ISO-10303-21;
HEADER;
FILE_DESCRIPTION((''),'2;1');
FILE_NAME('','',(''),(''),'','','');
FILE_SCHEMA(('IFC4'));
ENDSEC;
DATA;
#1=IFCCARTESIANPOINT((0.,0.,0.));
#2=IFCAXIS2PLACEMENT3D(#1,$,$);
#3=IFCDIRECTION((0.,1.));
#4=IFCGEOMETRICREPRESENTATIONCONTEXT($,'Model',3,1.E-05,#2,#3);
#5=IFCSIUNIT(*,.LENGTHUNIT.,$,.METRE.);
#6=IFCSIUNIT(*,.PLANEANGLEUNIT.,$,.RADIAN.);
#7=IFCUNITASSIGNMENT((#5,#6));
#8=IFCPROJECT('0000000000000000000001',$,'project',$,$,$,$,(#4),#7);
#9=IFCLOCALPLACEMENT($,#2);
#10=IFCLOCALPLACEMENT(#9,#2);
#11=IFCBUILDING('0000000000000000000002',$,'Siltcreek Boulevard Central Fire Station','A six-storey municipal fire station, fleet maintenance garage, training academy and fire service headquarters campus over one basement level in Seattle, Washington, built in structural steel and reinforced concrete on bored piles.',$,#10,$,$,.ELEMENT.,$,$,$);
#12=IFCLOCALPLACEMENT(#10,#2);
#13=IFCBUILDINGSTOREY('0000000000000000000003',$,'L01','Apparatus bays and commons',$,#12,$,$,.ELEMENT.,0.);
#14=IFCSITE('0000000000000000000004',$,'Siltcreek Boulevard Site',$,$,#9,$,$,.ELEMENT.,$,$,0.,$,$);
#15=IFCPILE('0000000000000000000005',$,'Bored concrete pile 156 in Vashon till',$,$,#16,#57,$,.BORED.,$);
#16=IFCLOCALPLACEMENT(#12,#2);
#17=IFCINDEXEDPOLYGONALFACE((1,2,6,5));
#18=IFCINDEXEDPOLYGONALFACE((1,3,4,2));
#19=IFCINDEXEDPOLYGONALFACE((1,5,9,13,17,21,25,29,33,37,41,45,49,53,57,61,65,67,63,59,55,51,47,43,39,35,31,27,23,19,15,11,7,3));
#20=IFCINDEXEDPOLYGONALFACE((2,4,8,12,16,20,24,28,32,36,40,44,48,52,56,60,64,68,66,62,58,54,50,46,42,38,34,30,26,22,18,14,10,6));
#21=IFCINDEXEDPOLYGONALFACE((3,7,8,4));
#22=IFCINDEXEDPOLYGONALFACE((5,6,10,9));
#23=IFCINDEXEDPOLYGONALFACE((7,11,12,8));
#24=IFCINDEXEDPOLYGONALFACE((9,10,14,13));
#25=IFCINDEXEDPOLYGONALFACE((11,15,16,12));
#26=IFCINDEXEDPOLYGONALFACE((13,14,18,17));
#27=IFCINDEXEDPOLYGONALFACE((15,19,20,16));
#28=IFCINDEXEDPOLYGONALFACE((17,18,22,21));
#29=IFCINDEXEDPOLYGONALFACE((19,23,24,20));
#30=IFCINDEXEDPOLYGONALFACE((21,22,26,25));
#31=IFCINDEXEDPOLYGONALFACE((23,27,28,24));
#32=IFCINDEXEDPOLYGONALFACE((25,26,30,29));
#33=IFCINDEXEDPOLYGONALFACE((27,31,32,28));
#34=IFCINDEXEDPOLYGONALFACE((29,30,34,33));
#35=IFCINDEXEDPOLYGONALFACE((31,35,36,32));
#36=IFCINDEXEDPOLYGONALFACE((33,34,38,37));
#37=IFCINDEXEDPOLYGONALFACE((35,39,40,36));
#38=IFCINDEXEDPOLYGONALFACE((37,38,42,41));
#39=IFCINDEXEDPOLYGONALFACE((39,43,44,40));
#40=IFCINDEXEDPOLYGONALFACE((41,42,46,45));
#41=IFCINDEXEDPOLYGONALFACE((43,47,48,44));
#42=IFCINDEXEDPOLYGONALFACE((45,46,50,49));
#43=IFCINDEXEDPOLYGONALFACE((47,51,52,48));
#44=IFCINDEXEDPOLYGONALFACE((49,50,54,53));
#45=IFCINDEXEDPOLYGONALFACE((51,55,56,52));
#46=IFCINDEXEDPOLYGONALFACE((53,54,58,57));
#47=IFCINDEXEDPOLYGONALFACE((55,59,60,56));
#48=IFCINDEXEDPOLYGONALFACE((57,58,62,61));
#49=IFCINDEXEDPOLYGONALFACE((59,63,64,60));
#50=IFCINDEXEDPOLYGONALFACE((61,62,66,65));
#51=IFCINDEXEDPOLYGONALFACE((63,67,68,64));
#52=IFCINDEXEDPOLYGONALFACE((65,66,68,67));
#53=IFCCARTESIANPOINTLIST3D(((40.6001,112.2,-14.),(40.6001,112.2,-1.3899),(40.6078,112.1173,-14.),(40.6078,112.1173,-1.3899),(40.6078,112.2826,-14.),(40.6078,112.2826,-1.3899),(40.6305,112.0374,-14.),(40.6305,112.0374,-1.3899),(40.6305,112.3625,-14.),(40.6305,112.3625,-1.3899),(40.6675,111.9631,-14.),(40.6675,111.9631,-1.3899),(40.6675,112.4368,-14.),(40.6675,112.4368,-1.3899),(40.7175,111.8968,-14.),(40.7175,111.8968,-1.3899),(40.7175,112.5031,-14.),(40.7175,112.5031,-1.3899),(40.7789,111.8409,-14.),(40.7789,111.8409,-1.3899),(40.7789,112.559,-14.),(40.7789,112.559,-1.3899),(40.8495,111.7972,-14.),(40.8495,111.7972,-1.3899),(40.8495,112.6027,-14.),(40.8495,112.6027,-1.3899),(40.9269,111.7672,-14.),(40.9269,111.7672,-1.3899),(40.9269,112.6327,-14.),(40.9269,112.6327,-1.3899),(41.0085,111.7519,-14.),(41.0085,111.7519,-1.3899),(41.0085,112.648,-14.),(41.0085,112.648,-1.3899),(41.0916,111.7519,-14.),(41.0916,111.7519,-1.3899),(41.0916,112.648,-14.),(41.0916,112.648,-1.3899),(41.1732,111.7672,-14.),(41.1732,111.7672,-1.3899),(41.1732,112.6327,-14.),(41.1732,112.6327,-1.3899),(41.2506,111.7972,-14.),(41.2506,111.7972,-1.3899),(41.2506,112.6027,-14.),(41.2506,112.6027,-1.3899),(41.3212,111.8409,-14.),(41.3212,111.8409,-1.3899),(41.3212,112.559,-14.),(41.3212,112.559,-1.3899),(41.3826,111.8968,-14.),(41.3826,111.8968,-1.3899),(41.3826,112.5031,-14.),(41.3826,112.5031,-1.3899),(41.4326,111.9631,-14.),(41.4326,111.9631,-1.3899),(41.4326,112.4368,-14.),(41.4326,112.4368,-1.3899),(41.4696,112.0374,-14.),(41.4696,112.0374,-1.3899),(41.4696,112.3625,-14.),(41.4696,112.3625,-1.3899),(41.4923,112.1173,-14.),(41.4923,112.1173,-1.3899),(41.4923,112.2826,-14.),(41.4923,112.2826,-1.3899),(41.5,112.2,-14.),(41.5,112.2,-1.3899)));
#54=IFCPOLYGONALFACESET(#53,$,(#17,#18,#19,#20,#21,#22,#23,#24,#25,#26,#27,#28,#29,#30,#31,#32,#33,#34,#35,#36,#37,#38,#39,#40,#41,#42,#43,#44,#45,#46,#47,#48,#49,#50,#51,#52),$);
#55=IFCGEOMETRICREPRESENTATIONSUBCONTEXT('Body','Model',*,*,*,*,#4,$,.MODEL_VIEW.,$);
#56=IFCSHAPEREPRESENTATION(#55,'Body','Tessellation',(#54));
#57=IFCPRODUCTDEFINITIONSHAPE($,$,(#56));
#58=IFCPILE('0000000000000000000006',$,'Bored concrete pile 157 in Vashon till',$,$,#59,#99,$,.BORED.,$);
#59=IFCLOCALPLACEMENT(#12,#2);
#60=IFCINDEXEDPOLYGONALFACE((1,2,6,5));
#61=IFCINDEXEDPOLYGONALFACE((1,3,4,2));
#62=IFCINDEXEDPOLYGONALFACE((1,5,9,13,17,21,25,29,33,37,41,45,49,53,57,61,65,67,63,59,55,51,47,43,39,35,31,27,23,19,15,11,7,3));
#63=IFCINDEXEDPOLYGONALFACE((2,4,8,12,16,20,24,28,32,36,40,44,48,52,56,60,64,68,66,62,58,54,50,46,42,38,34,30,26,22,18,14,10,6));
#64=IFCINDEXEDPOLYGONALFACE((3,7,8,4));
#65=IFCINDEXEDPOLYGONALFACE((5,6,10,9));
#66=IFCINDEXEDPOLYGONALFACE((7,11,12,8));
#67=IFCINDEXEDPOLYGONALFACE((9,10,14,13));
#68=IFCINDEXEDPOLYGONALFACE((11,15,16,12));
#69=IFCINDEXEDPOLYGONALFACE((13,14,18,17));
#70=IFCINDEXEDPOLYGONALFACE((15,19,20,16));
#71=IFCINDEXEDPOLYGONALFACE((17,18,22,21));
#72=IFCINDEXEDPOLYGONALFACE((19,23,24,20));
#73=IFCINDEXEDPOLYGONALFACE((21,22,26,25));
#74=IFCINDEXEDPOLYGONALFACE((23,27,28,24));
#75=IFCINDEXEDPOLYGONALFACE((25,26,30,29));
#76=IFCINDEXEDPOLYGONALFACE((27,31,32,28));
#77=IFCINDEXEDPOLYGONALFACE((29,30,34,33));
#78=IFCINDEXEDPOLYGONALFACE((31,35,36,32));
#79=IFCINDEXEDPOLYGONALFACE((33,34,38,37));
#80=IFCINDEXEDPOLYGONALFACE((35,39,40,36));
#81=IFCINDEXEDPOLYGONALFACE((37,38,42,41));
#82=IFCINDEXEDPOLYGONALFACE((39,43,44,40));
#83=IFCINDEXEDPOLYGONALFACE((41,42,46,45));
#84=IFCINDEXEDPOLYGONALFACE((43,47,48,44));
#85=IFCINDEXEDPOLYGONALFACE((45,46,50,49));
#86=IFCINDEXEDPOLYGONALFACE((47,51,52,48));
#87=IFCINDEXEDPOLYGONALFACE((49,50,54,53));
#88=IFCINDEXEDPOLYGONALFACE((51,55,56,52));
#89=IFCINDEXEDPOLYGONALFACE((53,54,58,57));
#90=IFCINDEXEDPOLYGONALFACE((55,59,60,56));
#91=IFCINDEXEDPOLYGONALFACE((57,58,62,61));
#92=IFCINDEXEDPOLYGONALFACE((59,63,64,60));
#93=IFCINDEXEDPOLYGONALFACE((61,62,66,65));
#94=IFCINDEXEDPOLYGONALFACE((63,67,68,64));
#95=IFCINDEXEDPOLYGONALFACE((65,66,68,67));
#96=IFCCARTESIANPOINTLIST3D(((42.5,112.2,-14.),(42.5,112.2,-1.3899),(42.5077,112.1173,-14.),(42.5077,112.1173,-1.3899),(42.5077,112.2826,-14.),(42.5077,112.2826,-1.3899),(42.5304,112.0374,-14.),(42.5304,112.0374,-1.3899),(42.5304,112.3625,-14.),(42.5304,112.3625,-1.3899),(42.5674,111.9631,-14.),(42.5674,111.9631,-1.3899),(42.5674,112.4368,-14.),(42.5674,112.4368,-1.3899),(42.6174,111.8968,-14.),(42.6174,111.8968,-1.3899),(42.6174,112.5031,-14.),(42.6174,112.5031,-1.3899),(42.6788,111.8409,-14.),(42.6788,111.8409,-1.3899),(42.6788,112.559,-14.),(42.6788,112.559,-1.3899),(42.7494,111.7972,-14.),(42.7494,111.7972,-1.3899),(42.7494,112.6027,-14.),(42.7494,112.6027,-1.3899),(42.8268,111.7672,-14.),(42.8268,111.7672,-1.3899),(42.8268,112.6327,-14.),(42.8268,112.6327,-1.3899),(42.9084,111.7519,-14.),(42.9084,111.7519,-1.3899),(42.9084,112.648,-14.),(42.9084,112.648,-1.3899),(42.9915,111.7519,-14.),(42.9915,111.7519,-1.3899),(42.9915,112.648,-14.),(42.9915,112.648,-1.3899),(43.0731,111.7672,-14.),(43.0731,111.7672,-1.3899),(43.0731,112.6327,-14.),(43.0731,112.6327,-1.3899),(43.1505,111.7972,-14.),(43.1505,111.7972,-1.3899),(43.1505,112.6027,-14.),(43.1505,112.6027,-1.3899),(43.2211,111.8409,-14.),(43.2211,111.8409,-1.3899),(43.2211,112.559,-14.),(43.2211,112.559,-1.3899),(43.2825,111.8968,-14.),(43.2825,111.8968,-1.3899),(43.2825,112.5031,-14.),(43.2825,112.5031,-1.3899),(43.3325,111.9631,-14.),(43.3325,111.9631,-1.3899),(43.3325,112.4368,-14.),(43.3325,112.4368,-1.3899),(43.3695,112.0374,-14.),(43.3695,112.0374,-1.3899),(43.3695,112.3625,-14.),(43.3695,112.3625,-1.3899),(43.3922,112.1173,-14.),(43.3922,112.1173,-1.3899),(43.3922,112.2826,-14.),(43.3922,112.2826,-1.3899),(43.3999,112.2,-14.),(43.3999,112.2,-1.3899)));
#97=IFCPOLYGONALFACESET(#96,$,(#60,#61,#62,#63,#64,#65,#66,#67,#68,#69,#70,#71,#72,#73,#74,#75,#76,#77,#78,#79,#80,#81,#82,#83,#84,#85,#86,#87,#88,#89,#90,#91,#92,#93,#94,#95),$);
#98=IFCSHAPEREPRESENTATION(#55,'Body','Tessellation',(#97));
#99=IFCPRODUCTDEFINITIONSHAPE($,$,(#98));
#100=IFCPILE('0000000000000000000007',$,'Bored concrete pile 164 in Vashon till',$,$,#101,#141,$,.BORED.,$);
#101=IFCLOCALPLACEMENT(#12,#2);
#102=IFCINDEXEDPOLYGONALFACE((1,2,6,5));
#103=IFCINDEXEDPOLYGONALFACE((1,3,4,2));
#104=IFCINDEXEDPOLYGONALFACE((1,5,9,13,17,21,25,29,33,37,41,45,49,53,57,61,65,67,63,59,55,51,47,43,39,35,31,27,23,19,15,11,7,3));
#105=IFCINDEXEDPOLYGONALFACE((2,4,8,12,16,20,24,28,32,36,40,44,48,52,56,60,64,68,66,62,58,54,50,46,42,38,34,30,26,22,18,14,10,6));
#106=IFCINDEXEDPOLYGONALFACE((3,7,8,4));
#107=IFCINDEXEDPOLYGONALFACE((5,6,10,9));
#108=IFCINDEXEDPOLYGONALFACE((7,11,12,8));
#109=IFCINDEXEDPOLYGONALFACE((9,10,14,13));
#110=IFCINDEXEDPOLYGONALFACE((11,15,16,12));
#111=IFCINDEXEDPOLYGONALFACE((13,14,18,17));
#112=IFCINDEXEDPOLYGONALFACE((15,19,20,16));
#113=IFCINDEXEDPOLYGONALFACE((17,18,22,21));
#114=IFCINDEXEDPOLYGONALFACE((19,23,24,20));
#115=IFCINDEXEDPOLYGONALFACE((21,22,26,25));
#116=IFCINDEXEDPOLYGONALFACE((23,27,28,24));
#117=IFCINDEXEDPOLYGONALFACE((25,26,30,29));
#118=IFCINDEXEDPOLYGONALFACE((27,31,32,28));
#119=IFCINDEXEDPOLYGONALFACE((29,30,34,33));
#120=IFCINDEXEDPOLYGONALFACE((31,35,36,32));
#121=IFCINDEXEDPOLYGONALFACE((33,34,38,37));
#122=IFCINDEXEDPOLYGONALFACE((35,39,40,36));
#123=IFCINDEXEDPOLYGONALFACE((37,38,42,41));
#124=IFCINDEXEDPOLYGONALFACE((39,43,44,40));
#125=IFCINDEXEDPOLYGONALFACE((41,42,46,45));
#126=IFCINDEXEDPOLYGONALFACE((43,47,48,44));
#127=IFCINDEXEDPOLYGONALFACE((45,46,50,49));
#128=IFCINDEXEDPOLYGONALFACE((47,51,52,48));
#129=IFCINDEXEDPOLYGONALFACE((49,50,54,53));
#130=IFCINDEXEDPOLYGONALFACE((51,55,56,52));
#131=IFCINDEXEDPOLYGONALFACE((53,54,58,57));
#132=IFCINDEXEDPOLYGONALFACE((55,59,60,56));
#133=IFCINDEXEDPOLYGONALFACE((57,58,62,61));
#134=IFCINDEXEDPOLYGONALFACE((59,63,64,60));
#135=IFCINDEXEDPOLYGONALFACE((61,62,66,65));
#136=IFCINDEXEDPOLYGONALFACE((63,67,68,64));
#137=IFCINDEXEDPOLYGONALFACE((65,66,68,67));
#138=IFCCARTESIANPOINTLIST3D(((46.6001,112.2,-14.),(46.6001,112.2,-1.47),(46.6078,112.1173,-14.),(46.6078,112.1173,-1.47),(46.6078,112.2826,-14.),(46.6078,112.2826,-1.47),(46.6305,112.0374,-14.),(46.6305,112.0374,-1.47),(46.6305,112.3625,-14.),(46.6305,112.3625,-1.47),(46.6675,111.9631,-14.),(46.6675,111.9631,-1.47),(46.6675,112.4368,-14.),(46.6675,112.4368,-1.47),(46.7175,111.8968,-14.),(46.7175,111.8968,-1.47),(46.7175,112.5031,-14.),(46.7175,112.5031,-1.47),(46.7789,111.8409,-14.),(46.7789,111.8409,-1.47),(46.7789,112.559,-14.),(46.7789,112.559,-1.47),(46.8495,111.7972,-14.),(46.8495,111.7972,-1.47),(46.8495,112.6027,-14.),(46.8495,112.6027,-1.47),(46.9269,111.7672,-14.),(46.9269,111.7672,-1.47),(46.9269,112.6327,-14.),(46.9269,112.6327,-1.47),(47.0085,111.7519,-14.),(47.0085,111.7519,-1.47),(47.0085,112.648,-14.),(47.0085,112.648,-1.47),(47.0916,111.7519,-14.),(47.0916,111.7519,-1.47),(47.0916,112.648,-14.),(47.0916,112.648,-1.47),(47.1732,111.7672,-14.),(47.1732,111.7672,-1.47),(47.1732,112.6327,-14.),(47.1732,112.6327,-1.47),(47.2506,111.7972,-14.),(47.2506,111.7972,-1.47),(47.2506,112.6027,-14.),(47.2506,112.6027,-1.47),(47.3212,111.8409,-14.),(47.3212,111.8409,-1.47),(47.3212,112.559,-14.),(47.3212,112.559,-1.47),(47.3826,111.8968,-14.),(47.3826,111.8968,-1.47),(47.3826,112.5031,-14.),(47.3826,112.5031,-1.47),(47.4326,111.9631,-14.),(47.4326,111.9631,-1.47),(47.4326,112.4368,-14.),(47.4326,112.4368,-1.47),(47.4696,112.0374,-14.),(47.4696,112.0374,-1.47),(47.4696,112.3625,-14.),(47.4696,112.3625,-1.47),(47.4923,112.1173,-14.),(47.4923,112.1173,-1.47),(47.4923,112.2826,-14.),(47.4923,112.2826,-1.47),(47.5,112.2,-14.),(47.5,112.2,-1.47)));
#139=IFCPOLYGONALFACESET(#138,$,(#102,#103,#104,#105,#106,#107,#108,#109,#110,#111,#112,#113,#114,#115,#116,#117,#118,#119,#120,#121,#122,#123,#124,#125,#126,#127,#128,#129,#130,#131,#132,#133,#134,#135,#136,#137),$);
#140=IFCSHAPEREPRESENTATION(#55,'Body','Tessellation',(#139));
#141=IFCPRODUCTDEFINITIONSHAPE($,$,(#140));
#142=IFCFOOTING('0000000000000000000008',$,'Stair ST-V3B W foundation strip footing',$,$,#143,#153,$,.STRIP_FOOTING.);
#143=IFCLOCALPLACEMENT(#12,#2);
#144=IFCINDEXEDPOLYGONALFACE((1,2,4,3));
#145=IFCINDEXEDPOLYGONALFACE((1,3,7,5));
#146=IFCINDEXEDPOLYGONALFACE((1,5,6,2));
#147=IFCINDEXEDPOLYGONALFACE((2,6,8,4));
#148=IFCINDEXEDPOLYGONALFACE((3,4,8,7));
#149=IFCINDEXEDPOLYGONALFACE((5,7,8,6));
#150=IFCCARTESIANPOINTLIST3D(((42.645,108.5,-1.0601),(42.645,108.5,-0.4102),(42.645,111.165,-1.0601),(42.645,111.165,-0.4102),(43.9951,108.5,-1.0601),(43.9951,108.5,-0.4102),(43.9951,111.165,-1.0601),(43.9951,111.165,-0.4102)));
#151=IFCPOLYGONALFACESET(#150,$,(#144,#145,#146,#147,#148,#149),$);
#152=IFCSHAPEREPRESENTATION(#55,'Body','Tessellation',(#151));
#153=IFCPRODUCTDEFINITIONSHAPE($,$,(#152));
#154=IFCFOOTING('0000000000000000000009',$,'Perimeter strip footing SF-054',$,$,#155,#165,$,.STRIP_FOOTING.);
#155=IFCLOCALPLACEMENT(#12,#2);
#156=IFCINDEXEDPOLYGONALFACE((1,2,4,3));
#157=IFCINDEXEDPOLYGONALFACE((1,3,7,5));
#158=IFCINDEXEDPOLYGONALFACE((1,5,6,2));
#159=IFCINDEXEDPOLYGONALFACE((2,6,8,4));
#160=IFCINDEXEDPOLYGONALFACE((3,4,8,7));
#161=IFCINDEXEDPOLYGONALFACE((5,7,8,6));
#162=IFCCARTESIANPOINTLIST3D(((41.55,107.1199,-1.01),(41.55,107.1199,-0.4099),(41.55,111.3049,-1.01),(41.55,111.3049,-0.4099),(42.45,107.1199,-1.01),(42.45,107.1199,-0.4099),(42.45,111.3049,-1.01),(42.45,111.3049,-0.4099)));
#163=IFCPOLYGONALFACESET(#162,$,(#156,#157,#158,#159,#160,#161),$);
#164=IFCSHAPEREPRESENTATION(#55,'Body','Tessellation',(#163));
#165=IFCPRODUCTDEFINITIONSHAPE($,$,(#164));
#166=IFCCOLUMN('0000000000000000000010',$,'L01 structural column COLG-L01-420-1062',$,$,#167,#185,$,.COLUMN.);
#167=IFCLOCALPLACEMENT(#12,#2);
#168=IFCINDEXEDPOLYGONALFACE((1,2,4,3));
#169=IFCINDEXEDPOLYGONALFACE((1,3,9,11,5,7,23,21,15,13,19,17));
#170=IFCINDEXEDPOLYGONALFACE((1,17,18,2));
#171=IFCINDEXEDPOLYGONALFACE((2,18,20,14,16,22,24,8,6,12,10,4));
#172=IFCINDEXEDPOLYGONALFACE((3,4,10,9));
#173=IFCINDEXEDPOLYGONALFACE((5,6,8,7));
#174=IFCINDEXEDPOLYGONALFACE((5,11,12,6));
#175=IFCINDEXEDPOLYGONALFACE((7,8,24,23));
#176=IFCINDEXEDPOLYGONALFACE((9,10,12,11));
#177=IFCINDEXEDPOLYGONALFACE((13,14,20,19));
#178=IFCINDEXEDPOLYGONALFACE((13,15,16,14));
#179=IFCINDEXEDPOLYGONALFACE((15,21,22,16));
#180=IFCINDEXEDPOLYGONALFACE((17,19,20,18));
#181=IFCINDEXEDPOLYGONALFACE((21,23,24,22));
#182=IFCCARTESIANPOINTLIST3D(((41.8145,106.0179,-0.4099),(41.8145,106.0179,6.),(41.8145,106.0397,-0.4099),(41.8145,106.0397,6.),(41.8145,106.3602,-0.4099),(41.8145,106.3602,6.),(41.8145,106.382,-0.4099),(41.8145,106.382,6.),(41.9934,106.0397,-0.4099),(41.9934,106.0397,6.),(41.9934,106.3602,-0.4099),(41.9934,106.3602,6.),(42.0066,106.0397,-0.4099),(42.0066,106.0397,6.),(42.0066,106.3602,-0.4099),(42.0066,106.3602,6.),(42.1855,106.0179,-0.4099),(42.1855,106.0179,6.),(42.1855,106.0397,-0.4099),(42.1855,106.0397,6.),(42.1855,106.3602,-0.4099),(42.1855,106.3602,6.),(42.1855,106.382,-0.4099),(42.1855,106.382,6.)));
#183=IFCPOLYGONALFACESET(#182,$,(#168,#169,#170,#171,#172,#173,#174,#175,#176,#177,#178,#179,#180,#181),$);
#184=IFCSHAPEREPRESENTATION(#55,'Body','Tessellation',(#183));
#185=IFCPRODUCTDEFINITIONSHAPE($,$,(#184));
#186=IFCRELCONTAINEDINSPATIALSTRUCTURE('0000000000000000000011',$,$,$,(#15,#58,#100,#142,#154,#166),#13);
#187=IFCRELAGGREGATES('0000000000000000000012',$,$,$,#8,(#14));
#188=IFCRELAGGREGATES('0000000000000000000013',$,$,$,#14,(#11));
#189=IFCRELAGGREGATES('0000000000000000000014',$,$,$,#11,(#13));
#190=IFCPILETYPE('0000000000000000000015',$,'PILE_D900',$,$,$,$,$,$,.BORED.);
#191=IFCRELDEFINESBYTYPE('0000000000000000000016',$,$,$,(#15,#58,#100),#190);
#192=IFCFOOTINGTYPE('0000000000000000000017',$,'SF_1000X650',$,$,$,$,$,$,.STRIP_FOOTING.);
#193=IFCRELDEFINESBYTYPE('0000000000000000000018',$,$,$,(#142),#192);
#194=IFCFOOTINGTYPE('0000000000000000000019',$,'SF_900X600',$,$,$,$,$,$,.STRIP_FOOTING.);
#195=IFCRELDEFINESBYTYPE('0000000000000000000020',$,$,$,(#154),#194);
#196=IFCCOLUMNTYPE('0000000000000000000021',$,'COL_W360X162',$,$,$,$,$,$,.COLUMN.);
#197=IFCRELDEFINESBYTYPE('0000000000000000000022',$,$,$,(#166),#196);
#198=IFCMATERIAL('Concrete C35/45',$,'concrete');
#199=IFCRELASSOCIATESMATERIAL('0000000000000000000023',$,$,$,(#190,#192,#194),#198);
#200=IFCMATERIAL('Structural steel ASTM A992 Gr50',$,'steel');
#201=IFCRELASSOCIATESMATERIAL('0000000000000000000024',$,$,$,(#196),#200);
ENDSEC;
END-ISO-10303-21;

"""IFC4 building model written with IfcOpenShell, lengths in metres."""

from ifc_helpers import new_model, si_unit, direction, frame, origin, origin_2d, place, context, subcontext, project, spatial, rectangle, circle, i_section, extrude, material, material_profile, profile_set, type_object, element, save


model = new_model("IFC4")

# Units and contexts
model_context = context("Model", 3, precision=1e-05, world=origin(), true_north=direction((0.0, 1.0)))
body_context = subcontext(model_context, "Body", "Model", "MODEL_VIEW")
ifc_project = project(units=[si_unit("LENGTHUNIT", "METRE"), si_unit("PLANEANGLEUNIT", "RADIAN")], contexts=[model_context])

# Site, building, storey
site_placement = place(None, origin())
site = spatial("IfcSite", under=ifc_project, at=site_placement, Name="Siltcreek Boulevard Site", CompositionType="ELEMENT", RefElevation=0.0)
building_placement = place(site_placement, origin())
building = spatial("IfcBuilding", under=site, at=building_placement, Name="Siltcreek Boulevard Central Fire Station", Description="A six-storey municipal fire station, fleet maintenance garage, training academy and fire service headquarters campus over one basement level in Seattle, Washington, built in structural steel and reinforced concrete on bored piles.", CompositionType="ELEMENT")
storey_placement = place(building_placement, origin())
storey = spatial("IfcBuildingStorey", under=building, at=storey_placement, Name="L01", Description="Apparatus bays and commons", CompositionType="ELEMENT", Elevation=0.0)

# Shared definitions
ifc_material_1 = material(Name="Concrete C35/45", Category="concrete")

# Piles
ifc_material_profile_1 = material_profile(ifc_material_1, circle(Radius=0.45, at=origin_2d()), Name="SHAFT900")
ifc_profile_set_1 = profile_set([ifc_material_profile_1], Name="Concrete C35/45")
pile_type_1 = type_object("IfcPileType", Name="PILE_D900", PredefinedType="BORED", material=ifc_profile_set_1)
for number, where, z_axis, x_axis, name in (
    (1, (41.05, 112.2, -1.3899), (0.0, 0.0, -1.0), (1.0, 0.0, 0.0), "Bored concrete pile 156 in Vashon till"),
    (2, (42.95, 112.2, -1.3899), (0.0, 0.0, -1.0), (1.0, 0.0, 0.0), "Bored concrete pile 157 in Vashon till"),
):
    element("IfcPile", number, at=place(storey_placement, frame(where, z_axis=z_axis, x_axis=x_axis)), inside=storey, type_object=pile_type_1, Name=name, PredefinedType="BORED", context=body_context, shape_type="SweptSolid", body=[
        extrude(circle(Radius=0.45, at=origin_2d()), origin(), (0.0, 0.0, 1.0), 12.6101),
    ])
pile_1_placement = place(storey_placement, frame((47.05, 112.2, -1.47), z_axis=(0.0, 0.0, -1.0), x_axis=(1.0, 0.0, 0.0)))
element("IfcPile", 3, at=pile_1_placement, inside=storey, type_object=pile_type_1, Name="Bored concrete pile 164 in Vashon till", PredefinedType="BORED", context=body_context, shape_type="SweptSolid", body=[
    extrude(circle(Radius=0.45, at=origin_2d()), origin(), (0.0, 0.0, 1.0), 12.53),
])

# Footings
footing_type_1 = type_object("IfcFootingType", Name="SF_1000X650", PredefinedType="STRIP_FOOTING", material=ifc_material_1)
footing_1_placement = place(storey_placement, frame((43.3201, 109.8325, -1.0601), z_axis=(0.0, 0.0, 1.0), x_axis=(1.0, 0.0, 0.0)))
element("IfcFooting", 4, at=footing_1_placement, inside=storey, type_object=footing_type_1, Name="Stair ST-V3B W foundation strip footing", PredefinedType="STRIP_FOOTING", context=body_context, shape_type="SweptSolid", body=[
    extrude(rectangle(XDim=1.3501, YDim=2.665, at=origin_2d()), origin(), (0.0, 0.0, 1.0), 0.6499),
])
footing_type_2 = type_object("IfcFootingType", Name="SF_900X600", PredefinedType="STRIP_FOOTING", material=ifc_material_1)
footing_2_placement = place(storey_placement, frame((42.0, 109.2124, -1.01), z_axis=(0.0, 0.0, 1.0), x_axis=(1.0, 0.0, 0.0)))
element("IfcFooting", 5, at=footing_2_placement, inside=storey, type_object=footing_type_2, Name="Perimeter strip footing SF-054", PredefinedType="STRIP_FOOTING", context=body_context, shape_type="SweptSolid", body=[
    extrude(rectangle(XDim=0.8999, YDim=4.1851, at=origin_2d()), origin(), (0.0, 0.0, 1.0), 0.6001),
])

# Column
ifc_material_2 = material(Name="Structural steel ASTM A992 Gr50", Category="steel")
ifc_material_profile_2 = material_profile(ifc_material_2, i_section(OverallWidth=0.3711, OverallDepth=0.364, WebThickness=0.0132, FlangeThickness=0.0217, at=origin_2d()), Name="W360X162")
ifc_profile_set_2 = profile_set([ifc_material_profile_2], Name="Structural steel ASTM A992 Gr50")
column_type = type_object("IfcColumnType", Name="COL_W360X162", PredefinedType="COLUMN", material=ifc_profile_set_2)
for number, where, z_axis, x_axis, name in (
    (6, (42.0, 106.2, -0.4099), (0.0, 0.0, 1.0), (1.0, 0.0, 0.0), "L01 structural column COLG-L01-420-1062"),
):
    element("IfcColumn", number, at=place(storey_placement, frame(where, z_axis=z_axis, x_axis=x_axis)), inside=storey, type_object=column_type, Name=name, PredefinedType="COLUMN", context=body_context, shape_type="SweptSolid", body=[
        extrude(i_section(OverallWidth=0.3711, OverallDepth=0.364, WebThickness=0.0132, FlangeThickness=0.0217, at=origin_2d()), origin(), (0.0, 0.0, 1.0), 6.4099),
    ])

save(model, "model.ifc")
